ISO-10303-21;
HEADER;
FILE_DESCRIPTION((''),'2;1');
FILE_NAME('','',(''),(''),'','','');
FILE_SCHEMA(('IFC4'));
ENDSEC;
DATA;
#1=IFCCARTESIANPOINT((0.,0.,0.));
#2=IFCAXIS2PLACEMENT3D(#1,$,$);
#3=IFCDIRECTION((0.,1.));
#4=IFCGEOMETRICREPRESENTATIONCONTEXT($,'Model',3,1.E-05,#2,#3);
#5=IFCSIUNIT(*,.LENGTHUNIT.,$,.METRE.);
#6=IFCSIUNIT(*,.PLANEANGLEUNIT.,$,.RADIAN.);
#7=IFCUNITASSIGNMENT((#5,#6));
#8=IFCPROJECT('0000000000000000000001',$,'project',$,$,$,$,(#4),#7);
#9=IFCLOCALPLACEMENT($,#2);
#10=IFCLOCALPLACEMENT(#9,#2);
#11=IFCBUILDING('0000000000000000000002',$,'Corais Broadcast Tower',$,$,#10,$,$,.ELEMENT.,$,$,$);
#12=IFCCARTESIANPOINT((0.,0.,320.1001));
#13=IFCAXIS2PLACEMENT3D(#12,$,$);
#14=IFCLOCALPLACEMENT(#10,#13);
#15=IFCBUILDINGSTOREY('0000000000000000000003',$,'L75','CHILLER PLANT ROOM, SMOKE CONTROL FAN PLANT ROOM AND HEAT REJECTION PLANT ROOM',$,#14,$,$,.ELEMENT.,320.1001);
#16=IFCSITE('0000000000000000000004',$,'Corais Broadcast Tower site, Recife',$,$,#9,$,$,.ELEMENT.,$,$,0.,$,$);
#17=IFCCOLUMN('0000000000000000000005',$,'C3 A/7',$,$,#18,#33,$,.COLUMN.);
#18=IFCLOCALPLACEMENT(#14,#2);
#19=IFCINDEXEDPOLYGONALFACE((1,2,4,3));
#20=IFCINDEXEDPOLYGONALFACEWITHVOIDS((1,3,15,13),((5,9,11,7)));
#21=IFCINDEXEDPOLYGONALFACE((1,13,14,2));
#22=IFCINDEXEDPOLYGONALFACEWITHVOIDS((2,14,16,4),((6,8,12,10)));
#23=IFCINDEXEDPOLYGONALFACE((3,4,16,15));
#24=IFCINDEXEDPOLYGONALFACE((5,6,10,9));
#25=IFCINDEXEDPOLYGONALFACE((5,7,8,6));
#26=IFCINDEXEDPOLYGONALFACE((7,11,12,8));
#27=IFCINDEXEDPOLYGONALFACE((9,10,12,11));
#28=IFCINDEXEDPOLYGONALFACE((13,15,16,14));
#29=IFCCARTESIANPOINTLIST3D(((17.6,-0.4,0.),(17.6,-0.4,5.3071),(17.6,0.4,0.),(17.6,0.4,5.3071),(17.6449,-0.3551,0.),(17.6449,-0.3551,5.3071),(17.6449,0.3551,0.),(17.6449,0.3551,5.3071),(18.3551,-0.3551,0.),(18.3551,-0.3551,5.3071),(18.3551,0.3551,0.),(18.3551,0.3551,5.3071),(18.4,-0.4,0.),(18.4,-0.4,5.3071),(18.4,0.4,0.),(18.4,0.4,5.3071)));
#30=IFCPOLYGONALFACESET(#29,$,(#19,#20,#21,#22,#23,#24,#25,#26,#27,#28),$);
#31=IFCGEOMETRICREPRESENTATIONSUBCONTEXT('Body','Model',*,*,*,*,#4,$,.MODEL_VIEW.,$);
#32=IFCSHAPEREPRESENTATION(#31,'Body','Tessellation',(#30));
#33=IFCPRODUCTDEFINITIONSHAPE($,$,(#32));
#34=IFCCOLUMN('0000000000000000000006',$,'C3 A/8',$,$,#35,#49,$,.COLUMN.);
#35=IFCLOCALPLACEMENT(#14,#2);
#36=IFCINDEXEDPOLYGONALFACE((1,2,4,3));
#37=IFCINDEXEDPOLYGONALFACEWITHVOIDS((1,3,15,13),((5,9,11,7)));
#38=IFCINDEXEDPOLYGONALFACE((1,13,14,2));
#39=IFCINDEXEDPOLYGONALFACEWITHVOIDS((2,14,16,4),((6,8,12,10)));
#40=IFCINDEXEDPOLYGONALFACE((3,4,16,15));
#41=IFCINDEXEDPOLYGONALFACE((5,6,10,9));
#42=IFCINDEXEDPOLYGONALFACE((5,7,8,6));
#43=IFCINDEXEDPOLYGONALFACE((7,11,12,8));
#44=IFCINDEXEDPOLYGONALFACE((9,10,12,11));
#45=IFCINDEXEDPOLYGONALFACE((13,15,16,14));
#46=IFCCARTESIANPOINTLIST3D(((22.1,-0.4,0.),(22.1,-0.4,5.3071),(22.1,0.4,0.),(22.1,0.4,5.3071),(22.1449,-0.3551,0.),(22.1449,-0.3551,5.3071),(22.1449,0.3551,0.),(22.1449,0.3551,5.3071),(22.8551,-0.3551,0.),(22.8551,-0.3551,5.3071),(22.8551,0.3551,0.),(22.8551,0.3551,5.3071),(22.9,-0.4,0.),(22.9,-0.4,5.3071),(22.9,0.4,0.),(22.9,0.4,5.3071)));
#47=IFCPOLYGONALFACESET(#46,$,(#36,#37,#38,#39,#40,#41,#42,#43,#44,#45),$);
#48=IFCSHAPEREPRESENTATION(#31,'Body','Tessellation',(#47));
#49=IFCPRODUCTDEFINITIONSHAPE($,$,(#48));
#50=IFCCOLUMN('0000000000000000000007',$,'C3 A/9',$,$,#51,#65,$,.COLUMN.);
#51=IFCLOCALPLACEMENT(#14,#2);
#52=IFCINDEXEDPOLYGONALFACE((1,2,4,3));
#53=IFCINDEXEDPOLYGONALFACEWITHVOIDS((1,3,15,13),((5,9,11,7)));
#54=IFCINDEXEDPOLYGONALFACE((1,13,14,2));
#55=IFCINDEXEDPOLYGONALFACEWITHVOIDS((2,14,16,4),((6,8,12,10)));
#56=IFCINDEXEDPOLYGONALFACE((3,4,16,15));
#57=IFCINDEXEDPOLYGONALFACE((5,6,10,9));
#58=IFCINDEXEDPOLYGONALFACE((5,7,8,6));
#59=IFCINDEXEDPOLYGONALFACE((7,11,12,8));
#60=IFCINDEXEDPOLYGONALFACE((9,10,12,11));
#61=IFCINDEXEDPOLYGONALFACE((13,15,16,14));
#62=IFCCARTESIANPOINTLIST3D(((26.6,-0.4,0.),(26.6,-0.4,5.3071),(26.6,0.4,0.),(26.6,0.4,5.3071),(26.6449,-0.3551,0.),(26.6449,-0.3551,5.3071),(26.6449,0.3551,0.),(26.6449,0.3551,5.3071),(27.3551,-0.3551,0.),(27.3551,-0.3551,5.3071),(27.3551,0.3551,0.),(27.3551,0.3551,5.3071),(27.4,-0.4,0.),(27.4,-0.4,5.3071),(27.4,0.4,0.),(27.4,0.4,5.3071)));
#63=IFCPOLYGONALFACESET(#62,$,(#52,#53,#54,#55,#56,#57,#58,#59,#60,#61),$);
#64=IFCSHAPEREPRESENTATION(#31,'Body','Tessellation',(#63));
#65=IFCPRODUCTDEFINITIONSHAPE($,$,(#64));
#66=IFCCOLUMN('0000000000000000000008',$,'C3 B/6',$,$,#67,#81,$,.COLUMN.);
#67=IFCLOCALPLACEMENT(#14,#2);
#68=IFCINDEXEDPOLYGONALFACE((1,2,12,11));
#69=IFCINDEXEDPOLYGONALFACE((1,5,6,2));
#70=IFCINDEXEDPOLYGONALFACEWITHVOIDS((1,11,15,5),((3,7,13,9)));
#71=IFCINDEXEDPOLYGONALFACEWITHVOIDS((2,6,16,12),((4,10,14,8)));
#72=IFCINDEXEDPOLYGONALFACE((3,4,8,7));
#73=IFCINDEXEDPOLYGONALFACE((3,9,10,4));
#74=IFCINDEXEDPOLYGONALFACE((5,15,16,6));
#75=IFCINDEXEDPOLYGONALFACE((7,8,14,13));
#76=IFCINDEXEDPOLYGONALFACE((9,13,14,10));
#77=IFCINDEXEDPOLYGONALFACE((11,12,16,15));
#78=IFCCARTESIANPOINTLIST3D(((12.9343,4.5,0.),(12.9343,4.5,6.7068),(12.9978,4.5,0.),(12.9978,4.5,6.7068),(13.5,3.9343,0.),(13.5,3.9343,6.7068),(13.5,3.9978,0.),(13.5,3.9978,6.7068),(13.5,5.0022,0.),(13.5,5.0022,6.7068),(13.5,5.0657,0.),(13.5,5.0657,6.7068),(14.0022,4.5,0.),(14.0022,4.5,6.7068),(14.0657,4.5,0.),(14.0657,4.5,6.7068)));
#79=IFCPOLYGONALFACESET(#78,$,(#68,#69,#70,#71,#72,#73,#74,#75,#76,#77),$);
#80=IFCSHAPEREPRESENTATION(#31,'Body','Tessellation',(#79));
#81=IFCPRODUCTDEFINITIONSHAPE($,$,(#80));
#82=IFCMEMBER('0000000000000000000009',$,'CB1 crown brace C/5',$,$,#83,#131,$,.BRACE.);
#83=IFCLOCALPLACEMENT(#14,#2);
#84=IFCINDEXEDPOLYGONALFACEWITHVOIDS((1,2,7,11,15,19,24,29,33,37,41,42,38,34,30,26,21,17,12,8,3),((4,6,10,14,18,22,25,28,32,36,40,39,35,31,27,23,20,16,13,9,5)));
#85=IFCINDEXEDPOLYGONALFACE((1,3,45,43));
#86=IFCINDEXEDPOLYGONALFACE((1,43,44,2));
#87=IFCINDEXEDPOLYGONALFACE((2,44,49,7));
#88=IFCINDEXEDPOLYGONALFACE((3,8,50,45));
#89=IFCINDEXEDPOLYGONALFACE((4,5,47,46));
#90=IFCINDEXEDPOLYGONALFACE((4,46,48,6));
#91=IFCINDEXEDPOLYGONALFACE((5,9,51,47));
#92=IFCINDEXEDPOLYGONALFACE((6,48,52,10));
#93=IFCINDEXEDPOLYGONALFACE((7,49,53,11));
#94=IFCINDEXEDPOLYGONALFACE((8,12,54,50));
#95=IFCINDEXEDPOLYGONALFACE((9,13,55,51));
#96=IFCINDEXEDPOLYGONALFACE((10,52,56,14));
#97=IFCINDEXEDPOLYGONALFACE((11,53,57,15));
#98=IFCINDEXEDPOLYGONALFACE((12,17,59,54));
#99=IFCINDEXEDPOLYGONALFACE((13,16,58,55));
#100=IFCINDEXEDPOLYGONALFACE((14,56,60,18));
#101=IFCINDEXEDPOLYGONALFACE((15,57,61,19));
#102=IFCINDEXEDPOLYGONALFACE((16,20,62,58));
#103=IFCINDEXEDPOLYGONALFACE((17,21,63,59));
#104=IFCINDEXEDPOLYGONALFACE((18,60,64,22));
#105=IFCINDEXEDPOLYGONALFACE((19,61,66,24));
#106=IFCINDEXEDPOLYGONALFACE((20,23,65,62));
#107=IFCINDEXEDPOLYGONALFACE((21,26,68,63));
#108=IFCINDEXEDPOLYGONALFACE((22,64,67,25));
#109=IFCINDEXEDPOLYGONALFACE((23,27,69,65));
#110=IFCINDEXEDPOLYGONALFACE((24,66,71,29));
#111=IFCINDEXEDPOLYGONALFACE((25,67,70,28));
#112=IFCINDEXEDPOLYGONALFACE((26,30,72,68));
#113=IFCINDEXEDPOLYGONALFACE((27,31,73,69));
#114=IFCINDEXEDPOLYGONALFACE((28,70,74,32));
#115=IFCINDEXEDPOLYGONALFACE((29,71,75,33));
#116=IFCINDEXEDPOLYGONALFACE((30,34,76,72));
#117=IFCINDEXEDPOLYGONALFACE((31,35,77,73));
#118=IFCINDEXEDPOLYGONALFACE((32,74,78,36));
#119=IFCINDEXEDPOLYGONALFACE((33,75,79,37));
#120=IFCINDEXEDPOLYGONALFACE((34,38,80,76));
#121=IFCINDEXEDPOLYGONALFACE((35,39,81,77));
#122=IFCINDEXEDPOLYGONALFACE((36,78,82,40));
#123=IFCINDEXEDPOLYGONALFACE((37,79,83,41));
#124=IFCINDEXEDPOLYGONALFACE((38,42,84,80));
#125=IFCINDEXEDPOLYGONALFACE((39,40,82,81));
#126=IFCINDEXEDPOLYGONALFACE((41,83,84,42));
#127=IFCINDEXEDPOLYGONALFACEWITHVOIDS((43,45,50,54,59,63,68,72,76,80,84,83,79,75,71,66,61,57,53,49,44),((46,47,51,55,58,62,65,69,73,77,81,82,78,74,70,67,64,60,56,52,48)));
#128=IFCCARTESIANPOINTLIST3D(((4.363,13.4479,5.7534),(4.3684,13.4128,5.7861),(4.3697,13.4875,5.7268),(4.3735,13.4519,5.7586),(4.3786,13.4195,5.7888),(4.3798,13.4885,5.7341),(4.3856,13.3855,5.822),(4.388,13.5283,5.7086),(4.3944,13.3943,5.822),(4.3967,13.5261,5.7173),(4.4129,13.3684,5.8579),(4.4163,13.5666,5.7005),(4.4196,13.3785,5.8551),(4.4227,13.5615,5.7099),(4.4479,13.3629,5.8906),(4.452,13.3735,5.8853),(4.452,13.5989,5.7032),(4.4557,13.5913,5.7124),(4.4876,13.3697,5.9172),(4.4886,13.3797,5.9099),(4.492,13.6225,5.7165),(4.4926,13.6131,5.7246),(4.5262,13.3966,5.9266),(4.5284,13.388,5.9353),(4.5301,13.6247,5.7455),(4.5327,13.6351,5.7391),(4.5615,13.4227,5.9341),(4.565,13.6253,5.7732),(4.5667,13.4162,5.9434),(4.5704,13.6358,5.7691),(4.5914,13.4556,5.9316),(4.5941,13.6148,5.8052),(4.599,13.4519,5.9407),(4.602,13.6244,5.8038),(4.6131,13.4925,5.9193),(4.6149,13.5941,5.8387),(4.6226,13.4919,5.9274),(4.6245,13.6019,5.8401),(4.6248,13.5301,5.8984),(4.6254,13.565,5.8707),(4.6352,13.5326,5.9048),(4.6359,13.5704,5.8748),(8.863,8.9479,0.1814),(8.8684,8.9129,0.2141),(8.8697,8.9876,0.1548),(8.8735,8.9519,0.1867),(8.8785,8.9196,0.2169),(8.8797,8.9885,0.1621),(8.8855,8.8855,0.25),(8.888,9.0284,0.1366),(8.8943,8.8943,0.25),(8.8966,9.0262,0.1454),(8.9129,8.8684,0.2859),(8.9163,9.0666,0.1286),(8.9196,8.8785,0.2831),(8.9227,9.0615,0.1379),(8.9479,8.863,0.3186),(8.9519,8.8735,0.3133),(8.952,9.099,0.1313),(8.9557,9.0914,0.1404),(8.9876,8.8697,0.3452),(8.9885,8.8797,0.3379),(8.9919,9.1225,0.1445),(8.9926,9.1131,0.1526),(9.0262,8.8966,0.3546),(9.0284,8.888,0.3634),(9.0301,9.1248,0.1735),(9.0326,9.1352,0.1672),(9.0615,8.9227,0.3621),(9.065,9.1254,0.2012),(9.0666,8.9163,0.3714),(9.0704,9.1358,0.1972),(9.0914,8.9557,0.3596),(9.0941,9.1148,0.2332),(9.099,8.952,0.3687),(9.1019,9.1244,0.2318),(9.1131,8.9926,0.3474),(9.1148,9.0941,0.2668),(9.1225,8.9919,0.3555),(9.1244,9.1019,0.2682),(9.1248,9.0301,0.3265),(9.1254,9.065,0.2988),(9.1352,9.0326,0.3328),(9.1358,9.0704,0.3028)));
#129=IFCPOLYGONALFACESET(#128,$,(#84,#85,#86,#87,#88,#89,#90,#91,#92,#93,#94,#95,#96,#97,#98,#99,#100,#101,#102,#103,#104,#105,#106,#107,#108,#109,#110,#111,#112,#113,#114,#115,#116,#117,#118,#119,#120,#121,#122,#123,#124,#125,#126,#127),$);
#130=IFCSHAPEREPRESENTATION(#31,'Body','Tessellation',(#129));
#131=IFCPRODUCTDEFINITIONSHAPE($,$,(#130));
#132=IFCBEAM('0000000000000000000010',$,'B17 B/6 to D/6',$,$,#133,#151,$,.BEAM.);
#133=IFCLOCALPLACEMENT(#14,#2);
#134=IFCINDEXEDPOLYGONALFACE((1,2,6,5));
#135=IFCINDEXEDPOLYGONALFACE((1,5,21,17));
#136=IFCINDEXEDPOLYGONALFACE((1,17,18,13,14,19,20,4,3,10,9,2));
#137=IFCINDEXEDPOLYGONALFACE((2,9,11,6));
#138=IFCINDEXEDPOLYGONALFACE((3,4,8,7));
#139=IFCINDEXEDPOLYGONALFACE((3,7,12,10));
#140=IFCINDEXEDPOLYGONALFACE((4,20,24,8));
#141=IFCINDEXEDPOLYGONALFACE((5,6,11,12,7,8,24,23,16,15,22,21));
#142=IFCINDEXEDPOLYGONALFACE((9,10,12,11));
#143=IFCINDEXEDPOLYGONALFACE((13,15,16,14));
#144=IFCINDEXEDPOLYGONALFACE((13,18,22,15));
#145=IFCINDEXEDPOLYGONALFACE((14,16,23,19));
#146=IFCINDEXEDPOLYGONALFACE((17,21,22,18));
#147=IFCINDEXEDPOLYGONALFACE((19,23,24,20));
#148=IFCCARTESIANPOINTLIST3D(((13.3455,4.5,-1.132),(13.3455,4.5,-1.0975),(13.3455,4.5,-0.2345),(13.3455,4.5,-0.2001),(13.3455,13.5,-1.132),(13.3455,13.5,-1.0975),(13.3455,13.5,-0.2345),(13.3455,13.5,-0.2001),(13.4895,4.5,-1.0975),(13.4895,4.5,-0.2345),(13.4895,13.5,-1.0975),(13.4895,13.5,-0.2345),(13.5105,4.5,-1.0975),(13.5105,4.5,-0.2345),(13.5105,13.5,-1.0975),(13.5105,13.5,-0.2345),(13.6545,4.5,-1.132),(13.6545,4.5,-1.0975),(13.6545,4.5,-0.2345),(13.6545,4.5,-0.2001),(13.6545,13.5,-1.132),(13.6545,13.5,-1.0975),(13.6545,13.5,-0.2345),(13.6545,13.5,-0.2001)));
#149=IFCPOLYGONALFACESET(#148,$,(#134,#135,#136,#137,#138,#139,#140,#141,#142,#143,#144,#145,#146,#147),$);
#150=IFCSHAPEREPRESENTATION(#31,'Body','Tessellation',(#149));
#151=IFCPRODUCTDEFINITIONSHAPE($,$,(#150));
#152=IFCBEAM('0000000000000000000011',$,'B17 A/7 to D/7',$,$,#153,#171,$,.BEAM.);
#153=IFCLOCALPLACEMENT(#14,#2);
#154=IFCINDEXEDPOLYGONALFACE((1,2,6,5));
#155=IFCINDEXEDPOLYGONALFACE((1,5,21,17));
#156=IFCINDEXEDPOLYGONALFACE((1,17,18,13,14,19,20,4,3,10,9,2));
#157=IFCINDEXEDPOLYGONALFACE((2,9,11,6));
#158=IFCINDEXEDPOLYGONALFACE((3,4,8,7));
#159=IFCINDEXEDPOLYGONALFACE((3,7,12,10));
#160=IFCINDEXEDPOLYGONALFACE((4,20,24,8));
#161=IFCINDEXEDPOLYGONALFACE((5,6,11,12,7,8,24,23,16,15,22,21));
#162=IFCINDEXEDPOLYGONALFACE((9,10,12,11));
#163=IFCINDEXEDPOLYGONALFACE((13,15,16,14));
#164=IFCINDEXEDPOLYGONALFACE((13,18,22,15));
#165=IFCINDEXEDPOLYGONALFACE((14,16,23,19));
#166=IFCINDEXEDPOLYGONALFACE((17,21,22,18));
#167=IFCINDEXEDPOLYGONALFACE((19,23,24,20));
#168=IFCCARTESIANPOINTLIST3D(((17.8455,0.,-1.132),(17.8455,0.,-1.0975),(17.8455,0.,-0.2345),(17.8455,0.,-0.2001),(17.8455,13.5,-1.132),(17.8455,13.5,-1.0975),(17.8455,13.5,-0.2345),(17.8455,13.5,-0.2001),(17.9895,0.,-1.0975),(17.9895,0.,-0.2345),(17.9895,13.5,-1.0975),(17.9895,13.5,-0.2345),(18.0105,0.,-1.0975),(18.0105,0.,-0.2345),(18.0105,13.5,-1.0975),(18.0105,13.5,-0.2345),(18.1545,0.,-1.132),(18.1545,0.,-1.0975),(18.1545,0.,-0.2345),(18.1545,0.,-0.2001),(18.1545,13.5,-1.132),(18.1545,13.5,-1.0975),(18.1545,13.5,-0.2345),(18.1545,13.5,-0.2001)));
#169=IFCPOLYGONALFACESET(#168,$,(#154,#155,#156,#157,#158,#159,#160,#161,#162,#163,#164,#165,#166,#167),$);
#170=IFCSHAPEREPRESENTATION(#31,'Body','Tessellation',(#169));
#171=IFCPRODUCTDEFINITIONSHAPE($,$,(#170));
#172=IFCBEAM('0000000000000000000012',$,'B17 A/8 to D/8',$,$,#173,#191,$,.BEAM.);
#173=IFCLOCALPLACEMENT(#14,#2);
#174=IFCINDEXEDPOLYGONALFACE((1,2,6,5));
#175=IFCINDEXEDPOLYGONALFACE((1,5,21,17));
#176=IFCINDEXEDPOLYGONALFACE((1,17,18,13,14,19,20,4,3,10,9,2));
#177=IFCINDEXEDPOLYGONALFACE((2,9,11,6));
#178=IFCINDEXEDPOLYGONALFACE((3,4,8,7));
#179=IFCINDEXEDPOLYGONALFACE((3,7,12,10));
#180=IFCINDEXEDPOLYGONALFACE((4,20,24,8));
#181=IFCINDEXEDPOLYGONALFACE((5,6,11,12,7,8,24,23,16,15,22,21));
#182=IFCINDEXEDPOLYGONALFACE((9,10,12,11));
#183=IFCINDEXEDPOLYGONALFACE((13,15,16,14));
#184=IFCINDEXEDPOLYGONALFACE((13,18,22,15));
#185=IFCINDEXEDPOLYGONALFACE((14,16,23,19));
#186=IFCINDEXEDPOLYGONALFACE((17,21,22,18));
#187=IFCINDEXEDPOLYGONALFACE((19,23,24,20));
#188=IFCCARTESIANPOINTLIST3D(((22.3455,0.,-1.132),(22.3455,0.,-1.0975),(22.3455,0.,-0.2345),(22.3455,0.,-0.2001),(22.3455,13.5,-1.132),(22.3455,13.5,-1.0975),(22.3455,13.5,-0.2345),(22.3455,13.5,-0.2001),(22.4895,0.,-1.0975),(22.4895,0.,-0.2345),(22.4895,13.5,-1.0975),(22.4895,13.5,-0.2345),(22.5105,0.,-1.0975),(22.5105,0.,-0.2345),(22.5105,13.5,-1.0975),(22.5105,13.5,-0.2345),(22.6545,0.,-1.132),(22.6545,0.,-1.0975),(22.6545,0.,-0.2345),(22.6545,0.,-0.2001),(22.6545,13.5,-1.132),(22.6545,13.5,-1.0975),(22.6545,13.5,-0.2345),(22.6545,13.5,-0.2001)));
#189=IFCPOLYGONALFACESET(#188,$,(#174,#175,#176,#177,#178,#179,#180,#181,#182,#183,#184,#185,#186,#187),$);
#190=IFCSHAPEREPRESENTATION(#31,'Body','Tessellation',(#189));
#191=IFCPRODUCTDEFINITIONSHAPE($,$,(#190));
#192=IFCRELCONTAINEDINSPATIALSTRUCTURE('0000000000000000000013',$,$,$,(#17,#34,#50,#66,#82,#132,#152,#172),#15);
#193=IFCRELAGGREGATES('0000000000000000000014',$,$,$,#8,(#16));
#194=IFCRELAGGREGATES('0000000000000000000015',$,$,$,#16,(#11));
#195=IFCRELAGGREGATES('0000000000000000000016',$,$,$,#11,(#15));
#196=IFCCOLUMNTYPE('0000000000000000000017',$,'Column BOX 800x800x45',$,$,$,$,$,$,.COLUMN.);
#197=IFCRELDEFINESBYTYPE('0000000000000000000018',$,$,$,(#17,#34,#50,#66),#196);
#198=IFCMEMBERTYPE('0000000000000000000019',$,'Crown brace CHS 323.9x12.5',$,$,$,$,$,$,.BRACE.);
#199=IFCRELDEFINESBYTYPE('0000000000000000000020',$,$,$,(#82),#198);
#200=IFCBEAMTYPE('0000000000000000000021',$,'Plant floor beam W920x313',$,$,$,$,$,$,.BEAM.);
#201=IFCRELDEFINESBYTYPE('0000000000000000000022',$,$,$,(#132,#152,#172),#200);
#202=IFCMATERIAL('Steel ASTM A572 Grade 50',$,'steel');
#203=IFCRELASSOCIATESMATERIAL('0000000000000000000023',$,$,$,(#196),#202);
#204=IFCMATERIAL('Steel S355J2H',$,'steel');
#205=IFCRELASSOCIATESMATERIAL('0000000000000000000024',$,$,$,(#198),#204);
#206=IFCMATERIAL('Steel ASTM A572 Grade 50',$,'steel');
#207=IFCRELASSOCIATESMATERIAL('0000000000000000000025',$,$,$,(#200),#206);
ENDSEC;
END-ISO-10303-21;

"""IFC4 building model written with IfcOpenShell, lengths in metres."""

from ifc_helpers import new_model, si_unit, direction, frame, origin, origin_2d, place, context, subcontext, project, spatial, hollow_rectangle, hollow_circle, i_section, extrude, material, material_profile, profile_set, type_object, element, save


model = new_model("IFC4")

# Units and contexts
model_context = context("Model", 3, precision=1e-05, world=origin(), true_north=direction((0.0, 1.0)))
body_context = subcontext(model_context, "Body", "Model", "MODEL_VIEW")
ifc_project = project(units=[si_unit("LENGTHUNIT", "METRE"), si_unit("PLANEANGLEUNIT", "RADIAN")], contexts=[model_context])

# Site, building, storey
site_placement = place(None, origin())
site = spatial("IfcSite", under=ifc_project, at=site_placement, Name="Corais Broadcast Tower site, Recife", CompositionType="ELEMENT", RefElevation=0.0)
building_placement = place(site_placement, origin())
building = spatial("IfcBuilding", under=site, at=building_placement, Name="Corais Broadcast Tower", CompositionType="ELEMENT")
storey_placement = place(building_placement, frame((0.0, 0.0, 320.1001)))
storey = spatial("IfcBuildingStorey", under=building, at=storey_placement, Name="L75", Description="CHILLER PLANT ROOM, SMOKE CONTROL FAN PLANT ROOM AND HEAT REJECTION PLANT ROOM", CompositionType="ELEMENT", Elevation=320.1001)

# Columns
ifc_material_1 = material(Name="Steel ASTM A572 Grade 50", Category="steel")
ifc_material_profile_1 = material_profile(ifc_material_1, hollow_rectangle(XDim=0.8, YDim=0.8, WallThickness=0.0449, at=origin_2d()), Name="BOX 800x800x45")
ifc_profile_set_1 = profile_set([ifc_material_profile_1], Name="Steel ASTM A572 Grade 50")
column_type = type_object("IfcColumnType", Name="Column BOX 800x800x45", PredefinedType="COLUMN", material=ifc_profile_set_1)
for number, where, z_axis, x_axis, name in (
    (1, (18.0, 0.0, 0.0), (0.0, 0.0, 1.0), (1.0, 0.0, 0.0), "C3 A/7"),
    (2, (22.5, 0.0, 0.0), (0.0, 0.0, 1.0), (1.0, 0.0, 0.0), "C3 A/8"),
    (3, (27.0, 0.0, 0.0), (0.0, 0.0, 1.0), (1.0, 0.0, 0.0), "C3 A/9"),
):
    element("IfcColumn", number, at=place(storey_placement, frame(where, z_axis=z_axis, x_axis=x_axis)), inside=storey, type_object=column_type, Name=name, PredefinedType="COLUMN", context=body_context, shape_type="SweptSolid", body=[
        extrude(hollow_rectangle(XDim=0.8, YDim=0.8, WallThickness=0.0449, at=origin_2d()), origin(), (0.0, 0.0, 1.0), 5.3071),
    ])
column_placement = place(storey_placement, frame((13.5, 4.5, 0.0), z_axis=(0.0, 0.0, 1.0), x_axis=(0.707107, 0.707107, 0.0)))
element("IfcColumn", 4, at=column_placement, inside=storey, type_object=column_type, Name="C3 B/6", PredefinedType="COLUMN", context=body_context, shape_type="SweptSolid", body=[
    extrude(hollow_rectangle(XDim=0.8, YDim=0.8, WallThickness=0.0449, at=origin_2d()), origin(), (0.0, 0.0, 1.0), 6.7068),
])

# Member
ifc_material_2 = material(Name="Steel S355J2H", Category="steel")
ifc_material_profile_2 = material_profile(ifc_material_2, hollow_circle(Radius=0.1619, WallThickness=0.0125, at=origin_2d()), Name="CHS 323.9x12.5")
ifc_profile_set_2 = profile_set([ifc_material_profile_2], Name="Steel S355J2H")
member_type = type_object("IfcMemberType", Name="Crown brace CHS 323.9x12.5", PredefinedType="BRACE", material=ifc_profile_set_2)
member_placement = place(storey_placement, frame((9.0, 9.0, 0.25), z_axis=(-0.532005, 0.532005, 0.658743), x_axis=(-0.707107, -0.707107, 0.0)))
element("IfcMember", 5, at=member_placement, inside=storey, type_object=member_type, Name="CB1 crown brace C/5", PredefinedType="BRACE", context=body_context, shape_type="SweptSolid", body=[
    extrude(hollow_circle(Radius=0.1619, WallThickness=0.0125, at=origin_2d()), origin(), (0.0, 0.0, 1.0), 8.4585),
])

# Beams
ifc_material_3 = material(Name="Steel ASTM A572 Grade 50", Category="steel")
ifc_material_profile_3 = material_profile(ifc_material_3, i_section(OverallWidth=0.3091, OverallDepth=0.9319, WebThickness=0.021, FlangeThickness=0.0344, at=origin_2d()), Name="W920x313")
ifc_profile_set_3 = profile_set([ifc_material_profile_3], Name="Steel ASTM A572 Grade 50")
beam_type_1 = type_object("IfcBeamType", Name="Plant floor beam W920x313", PredefinedType="BEAM", material=ifc_profile_set_3)
beam_1_placement = place(storey_placement, frame((13.5, 4.5, -0.666), z_axis=(0.0, 1.0, 0.0), x_axis=(-1.0, 0.0, 0.0)))
element("IfcBeam", 6, at=beam_1_placement, inside=storey, type_object=beam_type_1, Name="B17 B/6 to D/6", PredefinedType="BEAM", context=body_context, shape_type="SweptSolid", body=[
    extrude(i_section(OverallWidth=0.3091, OverallDepth=0.9319, WebThickness=0.021, FlangeThickness=0.0344, at=origin_2d()), origin(), (0.0, 0.0, 1.0), 9.0),
])
for number, where, z_axis, x_axis, name in (
    (7, (18.0, 0.0, -0.666), (0.0, 1.0, 0.0), (-1.0, 0.0, 0.0), "B17 A/7 to D/7"),
    (8, (22.5, 0.0, -0.666), (0.0, 1.0, 0.0), (-1.0, 0.0, 0.0), "B17 A/8 to D/8"),
):
    element("IfcBeam", number, at=place(storey_placement, frame(where, z_axis=z_axis, x_axis=x_axis)), inside=storey, type_object=beam_type_1, Name=name, PredefinedType="BEAM", context=body_context, shape_type="SweptSolid", body=[
        extrude(i_section(OverallWidth=0.3091, OverallDepth=0.9319, WebThickness=0.021, FlangeThickness=0.0344, at=origin_2d()), origin(), (0.0, 0.0, 1.0), 13.5),
    ])

save(model, "model.ifc")
